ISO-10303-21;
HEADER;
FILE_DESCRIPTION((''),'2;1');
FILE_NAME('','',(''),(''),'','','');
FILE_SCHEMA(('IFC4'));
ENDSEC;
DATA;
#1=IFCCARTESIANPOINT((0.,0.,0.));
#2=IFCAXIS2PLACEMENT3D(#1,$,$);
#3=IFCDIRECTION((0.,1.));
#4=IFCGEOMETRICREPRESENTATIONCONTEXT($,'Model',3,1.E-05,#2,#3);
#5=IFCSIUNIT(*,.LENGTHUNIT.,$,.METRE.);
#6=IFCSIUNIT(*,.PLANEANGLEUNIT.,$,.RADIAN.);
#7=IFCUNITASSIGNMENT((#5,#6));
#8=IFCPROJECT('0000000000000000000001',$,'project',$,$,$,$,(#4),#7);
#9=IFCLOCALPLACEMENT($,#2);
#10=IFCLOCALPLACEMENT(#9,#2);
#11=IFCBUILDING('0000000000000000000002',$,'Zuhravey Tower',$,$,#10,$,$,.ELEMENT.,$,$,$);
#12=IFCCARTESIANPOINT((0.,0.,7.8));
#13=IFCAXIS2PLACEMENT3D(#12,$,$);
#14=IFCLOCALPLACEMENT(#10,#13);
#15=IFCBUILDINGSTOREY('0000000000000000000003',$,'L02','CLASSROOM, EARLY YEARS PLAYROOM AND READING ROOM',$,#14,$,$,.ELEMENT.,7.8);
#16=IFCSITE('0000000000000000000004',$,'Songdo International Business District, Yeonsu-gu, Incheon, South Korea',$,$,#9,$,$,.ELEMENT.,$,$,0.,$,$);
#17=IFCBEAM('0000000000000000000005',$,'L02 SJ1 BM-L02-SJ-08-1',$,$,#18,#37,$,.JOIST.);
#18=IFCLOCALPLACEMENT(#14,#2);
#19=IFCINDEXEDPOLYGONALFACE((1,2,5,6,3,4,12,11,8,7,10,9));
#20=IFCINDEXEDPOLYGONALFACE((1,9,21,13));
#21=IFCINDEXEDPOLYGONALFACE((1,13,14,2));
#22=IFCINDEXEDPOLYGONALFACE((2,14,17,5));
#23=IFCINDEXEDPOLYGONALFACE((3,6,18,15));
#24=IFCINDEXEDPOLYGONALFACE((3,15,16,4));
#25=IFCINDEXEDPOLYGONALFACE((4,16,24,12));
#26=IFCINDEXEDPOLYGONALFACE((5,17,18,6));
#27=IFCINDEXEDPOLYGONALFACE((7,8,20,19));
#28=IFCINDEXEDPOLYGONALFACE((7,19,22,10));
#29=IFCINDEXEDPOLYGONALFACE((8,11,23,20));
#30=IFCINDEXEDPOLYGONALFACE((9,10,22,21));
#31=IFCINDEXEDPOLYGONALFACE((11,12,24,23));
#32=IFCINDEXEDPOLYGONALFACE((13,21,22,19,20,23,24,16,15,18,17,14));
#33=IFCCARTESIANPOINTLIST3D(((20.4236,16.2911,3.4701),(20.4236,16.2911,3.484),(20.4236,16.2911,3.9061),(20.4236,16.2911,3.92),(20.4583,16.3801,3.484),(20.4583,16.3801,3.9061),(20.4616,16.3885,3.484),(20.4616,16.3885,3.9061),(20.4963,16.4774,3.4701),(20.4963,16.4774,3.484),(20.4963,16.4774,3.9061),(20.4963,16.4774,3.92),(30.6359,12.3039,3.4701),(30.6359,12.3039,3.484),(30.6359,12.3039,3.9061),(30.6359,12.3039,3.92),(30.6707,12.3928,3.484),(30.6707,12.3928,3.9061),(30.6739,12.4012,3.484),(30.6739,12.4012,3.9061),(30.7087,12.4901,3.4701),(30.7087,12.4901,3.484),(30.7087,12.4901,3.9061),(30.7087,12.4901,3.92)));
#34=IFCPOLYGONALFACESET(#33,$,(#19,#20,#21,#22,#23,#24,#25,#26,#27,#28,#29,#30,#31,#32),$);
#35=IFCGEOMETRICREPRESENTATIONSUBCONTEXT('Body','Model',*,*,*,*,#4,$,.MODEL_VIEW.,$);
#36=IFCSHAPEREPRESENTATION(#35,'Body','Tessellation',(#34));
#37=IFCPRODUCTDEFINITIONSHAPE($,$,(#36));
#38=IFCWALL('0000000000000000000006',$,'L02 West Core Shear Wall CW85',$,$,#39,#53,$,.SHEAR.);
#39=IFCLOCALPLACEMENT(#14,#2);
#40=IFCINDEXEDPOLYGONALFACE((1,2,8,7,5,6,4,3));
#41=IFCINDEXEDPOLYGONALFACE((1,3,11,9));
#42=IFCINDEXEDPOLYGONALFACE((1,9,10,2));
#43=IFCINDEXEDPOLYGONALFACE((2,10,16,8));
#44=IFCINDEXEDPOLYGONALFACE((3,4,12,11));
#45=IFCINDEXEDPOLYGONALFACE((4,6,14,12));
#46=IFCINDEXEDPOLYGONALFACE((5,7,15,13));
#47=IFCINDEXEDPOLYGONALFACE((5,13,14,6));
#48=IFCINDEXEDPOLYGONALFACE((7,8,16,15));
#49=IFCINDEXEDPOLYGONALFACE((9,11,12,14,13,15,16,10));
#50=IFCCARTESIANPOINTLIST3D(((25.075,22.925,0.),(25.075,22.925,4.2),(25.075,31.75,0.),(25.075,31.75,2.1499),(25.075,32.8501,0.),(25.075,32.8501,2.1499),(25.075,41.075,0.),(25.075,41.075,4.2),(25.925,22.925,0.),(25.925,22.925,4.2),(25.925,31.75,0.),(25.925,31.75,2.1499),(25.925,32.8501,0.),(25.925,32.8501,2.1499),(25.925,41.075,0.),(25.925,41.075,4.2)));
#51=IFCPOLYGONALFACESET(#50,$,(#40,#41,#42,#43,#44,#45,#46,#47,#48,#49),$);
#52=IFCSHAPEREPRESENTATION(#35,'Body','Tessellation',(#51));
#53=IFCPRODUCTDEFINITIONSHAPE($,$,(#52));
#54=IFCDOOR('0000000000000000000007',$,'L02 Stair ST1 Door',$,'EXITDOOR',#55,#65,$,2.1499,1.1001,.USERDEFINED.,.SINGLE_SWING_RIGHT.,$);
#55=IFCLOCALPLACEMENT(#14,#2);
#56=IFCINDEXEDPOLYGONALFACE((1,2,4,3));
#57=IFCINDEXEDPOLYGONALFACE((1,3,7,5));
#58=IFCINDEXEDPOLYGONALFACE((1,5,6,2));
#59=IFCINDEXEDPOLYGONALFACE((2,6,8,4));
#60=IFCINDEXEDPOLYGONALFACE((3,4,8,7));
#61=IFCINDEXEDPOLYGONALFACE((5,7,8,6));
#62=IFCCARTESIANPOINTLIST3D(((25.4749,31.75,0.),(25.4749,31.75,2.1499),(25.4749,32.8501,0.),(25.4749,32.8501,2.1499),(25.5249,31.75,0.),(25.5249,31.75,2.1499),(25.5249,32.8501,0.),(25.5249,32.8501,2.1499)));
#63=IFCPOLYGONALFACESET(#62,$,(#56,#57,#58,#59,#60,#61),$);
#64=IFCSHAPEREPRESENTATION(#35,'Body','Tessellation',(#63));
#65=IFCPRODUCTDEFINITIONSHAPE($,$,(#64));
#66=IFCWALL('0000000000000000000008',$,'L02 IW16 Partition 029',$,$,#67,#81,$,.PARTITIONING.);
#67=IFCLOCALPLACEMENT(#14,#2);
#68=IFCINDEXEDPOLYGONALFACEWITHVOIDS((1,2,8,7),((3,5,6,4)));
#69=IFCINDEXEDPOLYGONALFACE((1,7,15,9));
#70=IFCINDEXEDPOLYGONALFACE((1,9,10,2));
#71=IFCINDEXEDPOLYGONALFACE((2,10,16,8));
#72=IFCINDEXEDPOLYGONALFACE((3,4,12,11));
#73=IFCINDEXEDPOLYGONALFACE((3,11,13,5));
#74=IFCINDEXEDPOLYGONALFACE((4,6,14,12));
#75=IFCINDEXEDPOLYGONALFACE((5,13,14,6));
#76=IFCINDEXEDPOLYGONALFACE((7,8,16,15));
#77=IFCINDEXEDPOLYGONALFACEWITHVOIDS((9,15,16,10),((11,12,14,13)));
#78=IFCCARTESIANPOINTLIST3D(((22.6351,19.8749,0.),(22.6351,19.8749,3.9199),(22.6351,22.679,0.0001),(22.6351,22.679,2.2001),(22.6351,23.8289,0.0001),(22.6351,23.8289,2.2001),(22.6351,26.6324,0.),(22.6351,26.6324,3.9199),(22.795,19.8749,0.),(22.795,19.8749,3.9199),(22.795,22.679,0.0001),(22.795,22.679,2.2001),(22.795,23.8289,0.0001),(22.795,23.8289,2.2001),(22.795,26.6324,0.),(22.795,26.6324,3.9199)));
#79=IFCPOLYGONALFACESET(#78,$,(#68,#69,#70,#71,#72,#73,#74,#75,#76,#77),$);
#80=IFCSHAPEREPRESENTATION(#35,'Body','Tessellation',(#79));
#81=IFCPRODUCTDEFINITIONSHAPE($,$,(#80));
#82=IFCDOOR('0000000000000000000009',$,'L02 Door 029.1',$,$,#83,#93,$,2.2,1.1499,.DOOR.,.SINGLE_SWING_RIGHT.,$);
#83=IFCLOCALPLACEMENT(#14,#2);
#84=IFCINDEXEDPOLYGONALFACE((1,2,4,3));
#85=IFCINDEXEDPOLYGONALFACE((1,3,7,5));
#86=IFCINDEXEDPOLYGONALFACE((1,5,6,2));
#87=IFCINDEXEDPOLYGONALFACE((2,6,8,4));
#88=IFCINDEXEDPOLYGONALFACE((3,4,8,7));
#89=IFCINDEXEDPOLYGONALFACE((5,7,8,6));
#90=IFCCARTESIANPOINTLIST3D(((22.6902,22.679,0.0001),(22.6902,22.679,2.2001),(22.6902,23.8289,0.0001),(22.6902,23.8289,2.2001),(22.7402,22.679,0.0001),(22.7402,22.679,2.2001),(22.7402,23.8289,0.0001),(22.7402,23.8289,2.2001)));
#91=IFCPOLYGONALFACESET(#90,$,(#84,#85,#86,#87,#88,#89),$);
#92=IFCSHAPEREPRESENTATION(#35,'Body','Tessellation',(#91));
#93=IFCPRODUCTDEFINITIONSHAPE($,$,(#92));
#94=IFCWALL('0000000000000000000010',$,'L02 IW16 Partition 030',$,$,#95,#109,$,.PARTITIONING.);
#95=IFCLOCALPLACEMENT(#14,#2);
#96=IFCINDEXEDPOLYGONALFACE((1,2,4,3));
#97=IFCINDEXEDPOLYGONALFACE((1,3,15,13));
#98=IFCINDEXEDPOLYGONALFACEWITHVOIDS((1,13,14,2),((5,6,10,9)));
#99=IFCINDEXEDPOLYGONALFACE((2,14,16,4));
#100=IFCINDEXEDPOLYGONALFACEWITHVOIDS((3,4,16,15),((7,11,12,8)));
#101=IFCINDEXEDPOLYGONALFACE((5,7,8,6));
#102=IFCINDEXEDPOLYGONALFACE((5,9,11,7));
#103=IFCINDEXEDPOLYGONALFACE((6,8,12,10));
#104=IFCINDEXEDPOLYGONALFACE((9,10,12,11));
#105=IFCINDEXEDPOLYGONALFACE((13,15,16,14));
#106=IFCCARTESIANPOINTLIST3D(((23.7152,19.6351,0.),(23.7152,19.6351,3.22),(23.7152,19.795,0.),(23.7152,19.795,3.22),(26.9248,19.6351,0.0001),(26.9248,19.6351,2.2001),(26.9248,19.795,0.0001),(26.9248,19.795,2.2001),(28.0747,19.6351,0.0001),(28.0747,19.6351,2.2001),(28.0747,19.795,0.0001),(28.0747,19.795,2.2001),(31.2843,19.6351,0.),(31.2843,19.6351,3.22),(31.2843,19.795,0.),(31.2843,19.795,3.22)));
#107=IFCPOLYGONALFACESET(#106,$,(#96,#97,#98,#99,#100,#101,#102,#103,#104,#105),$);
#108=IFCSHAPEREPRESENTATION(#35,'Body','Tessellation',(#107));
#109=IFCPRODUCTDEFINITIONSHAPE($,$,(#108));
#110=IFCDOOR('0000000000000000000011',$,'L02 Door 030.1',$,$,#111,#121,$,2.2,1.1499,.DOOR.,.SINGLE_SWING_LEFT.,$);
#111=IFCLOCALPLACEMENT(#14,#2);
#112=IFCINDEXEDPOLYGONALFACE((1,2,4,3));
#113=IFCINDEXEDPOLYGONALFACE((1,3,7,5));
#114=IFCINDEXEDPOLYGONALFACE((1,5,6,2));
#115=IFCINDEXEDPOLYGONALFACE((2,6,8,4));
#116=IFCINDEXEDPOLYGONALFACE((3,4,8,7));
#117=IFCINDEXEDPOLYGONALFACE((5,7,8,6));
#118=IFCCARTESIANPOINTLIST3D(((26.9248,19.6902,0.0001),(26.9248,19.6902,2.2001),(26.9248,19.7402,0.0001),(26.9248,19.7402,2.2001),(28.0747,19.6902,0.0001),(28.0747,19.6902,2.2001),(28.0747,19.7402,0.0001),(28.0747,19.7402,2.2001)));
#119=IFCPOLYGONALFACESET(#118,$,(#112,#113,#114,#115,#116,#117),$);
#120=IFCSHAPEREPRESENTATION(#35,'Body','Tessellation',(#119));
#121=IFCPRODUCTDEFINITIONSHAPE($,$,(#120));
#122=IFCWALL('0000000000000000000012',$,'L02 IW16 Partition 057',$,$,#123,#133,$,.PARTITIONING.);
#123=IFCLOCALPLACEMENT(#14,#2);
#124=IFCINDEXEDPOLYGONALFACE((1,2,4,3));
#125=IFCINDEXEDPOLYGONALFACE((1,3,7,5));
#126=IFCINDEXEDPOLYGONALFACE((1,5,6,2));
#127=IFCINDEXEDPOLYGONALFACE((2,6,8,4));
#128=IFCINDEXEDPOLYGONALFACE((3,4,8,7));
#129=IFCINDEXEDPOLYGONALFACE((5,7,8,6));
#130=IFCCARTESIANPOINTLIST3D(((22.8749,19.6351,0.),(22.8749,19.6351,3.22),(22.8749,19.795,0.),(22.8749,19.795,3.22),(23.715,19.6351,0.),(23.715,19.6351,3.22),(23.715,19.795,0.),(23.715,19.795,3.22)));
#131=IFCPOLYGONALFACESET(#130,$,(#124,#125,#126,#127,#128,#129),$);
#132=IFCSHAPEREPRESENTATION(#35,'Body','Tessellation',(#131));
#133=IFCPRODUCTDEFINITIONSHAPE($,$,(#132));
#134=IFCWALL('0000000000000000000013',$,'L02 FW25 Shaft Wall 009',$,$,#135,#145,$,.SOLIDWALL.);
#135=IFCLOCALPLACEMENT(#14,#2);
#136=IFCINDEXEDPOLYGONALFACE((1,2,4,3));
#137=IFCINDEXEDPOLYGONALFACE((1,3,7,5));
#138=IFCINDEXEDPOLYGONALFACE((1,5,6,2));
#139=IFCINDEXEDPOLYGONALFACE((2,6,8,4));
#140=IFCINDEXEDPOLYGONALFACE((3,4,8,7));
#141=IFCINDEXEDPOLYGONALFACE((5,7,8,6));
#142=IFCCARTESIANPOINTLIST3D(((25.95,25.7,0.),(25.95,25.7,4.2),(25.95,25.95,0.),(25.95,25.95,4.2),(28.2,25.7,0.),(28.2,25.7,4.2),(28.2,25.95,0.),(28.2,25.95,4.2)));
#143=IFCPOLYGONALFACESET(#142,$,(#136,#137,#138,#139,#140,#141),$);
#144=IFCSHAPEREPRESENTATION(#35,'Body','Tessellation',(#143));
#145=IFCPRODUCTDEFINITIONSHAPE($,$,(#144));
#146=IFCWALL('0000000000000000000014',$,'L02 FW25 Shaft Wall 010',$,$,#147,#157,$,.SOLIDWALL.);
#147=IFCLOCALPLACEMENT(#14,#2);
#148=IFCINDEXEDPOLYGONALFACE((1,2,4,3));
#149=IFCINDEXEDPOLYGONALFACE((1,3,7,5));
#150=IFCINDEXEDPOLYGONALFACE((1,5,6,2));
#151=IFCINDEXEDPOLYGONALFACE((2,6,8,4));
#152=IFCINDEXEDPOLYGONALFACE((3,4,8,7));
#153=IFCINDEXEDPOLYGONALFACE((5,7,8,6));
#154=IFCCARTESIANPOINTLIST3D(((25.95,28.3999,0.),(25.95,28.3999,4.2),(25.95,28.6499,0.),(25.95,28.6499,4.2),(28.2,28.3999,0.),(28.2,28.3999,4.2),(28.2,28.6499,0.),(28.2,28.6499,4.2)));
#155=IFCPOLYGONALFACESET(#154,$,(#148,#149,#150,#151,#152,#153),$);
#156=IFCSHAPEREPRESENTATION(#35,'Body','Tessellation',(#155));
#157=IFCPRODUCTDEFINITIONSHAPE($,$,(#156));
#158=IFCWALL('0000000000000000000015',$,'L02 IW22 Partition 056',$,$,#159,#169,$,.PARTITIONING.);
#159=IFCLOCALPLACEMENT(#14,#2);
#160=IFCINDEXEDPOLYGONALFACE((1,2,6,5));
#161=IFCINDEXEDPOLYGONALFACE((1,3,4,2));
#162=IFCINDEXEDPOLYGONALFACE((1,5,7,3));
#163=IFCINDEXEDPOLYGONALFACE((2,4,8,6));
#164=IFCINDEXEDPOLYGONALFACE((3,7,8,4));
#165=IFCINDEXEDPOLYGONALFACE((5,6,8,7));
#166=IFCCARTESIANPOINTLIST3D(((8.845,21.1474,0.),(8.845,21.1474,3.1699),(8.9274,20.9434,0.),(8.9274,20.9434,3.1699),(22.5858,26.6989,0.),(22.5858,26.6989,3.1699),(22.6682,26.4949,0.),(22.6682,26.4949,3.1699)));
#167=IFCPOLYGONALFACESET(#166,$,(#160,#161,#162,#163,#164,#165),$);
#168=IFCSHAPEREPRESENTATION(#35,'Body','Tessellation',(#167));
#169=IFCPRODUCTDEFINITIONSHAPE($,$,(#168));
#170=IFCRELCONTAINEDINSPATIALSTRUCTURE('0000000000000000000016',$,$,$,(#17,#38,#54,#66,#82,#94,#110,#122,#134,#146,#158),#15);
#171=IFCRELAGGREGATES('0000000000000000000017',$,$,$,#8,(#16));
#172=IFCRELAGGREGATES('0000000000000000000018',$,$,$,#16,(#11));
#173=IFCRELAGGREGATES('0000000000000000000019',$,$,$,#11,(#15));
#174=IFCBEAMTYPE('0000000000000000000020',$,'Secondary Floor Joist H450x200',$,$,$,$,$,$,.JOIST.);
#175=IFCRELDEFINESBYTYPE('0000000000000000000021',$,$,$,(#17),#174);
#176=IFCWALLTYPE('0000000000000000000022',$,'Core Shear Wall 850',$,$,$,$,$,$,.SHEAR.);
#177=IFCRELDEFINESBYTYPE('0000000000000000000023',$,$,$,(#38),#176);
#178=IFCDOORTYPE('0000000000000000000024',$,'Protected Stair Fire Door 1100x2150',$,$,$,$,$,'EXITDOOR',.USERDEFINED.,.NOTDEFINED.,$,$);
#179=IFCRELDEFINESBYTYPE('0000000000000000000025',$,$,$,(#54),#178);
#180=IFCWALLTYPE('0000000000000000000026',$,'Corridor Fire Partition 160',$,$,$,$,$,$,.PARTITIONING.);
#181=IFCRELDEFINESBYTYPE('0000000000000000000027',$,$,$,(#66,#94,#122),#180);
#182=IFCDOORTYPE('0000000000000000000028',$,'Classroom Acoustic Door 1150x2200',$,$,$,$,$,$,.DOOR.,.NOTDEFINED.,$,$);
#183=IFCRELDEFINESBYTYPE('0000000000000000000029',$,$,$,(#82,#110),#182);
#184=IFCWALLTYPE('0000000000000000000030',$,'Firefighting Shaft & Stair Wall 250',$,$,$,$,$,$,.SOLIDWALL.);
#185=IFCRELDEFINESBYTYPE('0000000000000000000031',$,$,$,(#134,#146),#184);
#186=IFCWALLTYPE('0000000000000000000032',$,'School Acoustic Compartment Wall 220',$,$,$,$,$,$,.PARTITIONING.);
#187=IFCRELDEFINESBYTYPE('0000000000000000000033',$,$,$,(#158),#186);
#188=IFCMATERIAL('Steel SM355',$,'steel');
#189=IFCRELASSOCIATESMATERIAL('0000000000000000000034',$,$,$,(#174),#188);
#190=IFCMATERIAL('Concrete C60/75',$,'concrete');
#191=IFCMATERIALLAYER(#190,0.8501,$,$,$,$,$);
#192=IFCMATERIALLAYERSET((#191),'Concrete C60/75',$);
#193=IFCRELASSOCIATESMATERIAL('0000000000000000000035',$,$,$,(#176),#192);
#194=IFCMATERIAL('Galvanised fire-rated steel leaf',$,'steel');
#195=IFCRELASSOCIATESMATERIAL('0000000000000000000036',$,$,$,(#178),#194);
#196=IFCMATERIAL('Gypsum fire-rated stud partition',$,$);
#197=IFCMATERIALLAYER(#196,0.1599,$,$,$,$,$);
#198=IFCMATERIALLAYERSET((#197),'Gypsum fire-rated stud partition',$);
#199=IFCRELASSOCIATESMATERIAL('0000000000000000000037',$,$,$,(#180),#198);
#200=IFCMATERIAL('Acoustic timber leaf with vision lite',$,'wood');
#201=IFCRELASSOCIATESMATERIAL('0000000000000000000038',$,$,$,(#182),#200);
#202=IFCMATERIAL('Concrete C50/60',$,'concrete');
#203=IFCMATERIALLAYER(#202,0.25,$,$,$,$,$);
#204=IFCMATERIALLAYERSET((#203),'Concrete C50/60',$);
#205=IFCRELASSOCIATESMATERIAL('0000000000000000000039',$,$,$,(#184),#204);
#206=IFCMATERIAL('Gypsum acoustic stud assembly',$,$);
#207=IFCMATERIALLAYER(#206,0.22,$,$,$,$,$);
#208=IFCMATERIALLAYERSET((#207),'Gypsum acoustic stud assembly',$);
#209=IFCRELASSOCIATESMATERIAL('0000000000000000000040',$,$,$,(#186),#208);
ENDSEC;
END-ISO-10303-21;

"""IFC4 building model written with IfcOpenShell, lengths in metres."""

from ifc_helpers import new_model, si_unit, direction, frame, frame_2d, origin, origin_2d, place, context, subcontext, project, spatial, rectangle, i_section, extrude, material, layer, layer_set, material_profile, profile_set, type_object, element, fill, save


model = new_model("IFC4")

# Units and contexts
model_context = context("Model", 3, precision=1e-05, world=origin(), true_north=direction((0.0, 1.0)))
body_context = subcontext(model_context, "Body", "Model", "MODEL_VIEW")
ifc_project = project(units=[si_unit("LENGTHUNIT", "METRE"), si_unit("PLANEANGLEUNIT", "RADIAN")], contexts=[model_context])

# Site, building, storey
site_placement = place(None, origin())
site = spatial("IfcSite", under=ifc_project, at=site_placement, Name="Songdo International Business District, Yeonsu-gu, Incheon, South Korea", CompositionType="ELEMENT", RefElevation=0.0)
building_placement = place(site_placement, origin())
building = spatial("IfcBuilding", under=site, at=building_placement, Name="Zuhravey Tower", CompositionType="ELEMENT")
storey_placement = place(building_placement, frame((0.0, 0.0, 7.8)))
storey = spatial("IfcBuildingStorey", under=building, at=storey_placement, Name="L02", Description="CLASSROOM, EARLY YEARS PLAYROOM AND READING ROOM", CompositionType="ELEMENT", Elevation=7.8)

# Beam
ifc_material_1 = material(Name="Steel SM355", Category="steel")
ifc_material_profile = material_profile(ifc_material_1, i_section(OverallWidth=0.2, OverallDepth=0.45, WebThickness=0.009, FlangeThickness=0.0139, at=origin_2d()), Name="H-450x200x9x14")
ifc_profile_set = profile_set([ifc_material_profile], Name="Steel SM355")
beam_type = type_object("IfcBeamType", Name="Secondary Floor Joist H450x200", PredefinedType="JOIST", material=ifc_profile_set)
beam_placement = place(storey_placement, frame((20.46, 16.3843, 3.6951), z_axis=(0.931517, -0.363699, 0.0), x_axis=(0.363699, 0.931517, 0.0)))
element("IfcBeam", 1, at=beam_placement, inside=storey, type_object=beam_type, Name="L02 SJ1 BM-L02-SJ-08-1", PredefinedType="JOIST", context=body_context, shape_type="SweptSolid", body=[
    extrude(i_section(OverallWidth=0.2, OverallDepth=0.45, WebThickness=0.009, FlangeThickness=0.0139, at=origin_2d()), origin(), (0.0, 0.0, 1.0), 10.9631),
])

# Walls, openings, doors
ifc_material_2 = material(Name="Concrete C60/75", Category="concrete")
ifc_layer_1 = layer(ifc_material_2, 0.8501)
ifc_layer_set_1 = layer_set([ifc_layer_1], Name="Concrete C60/75")
wall_type_1 = type_object("IfcWallType", Name="Core Shear Wall 850", PredefinedType="SHEAR", material=ifc_layer_set_1)
ifc_material_3 = material(Name="Galvanised fire-rated steel leaf", Category="steel")
wall_1_placement = place(storey_placement, frame((25.5, 22.925, 0.0), z_axis=(0.0, 0.0, 1.0), x_axis=(0.0, 1.0, 0.0)))
wall_1 = element("IfcWall", 2, at=wall_1_placement, inside=storey, type_object=wall_type_1, Name="L02 West Core Shear Wall CW85", PredefinedType="SHEAR", context=body_context, shape_type="SweptSolid", body=[
    extrude(rectangle(XDim=18.1499, YDim=0.8501, at=frame_2d((9.075, 0.0))), origin(), (0.0, 0.0, 1.0), 4.2),
])
opening_1_placement = place(wall_1_placement, frame((8.825, 0.0, 0.0)))
opening_1 = element("IfcOpeningElement", 3, at=opening_1_placement, cuts=wall_1, PredefinedType="OPENING", context=body_context, shape_type="SweptSolid", body=[
    extrude(rectangle(XDim=1.1001, YDim=2.1499, at=frame_2d((0.55, 1.075))), frame((0.0, 0.437, 0.0), z_axis=(0.0, -1.0, 0.0), x_axis=(1.0, 0.0, 0.0)), (0.0, 0.0, 1.0), 0.874),
])
door_type_1 = type_object("IfcDoorType", Name="Protected Stair Fire Door 1100x2150", ElementType="EXITDOOR", OperationType="NOTDEFINED", PredefinedType="USERDEFINED", material=ifc_material_3)
door_1_placement = place(opening_1_placement, frame((1.1001, 0.0, 0.0), z_axis=(0.0, 0.0, 1.0), x_axis=(-1.0, 0.0, 0.0)))
door_1 = element("IfcDoor", 4, at=door_1_placement, inside=storey, type_object=door_type_1, Name="L02 Stair ST1 Door", ObjectType="EXITDOOR", OperationType="SINGLE_SWING_RIGHT", OverallHeight=2.1499, OverallWidth=1.1001, PredefinedType="USERDEFINED", context=body_context, shape_type="SweptSolid", body=[
    extrude(rectangle(XDim=1.1001, YDim=2.1499, at=frame_2d((0.55, 1.075))), frame((0.0, 0.0249, 0.0), z_axis=(0.0, -1.0, 0.0), x_axis=(1.0, 0.0, 0.0)), (0.0, 0.0, 1.0), 0.05),
])
fill(opening_1, door_1)
ifc_material_4 = material(Name="Gypsum fire-rated stud partition")
ifc_layer_2 = layer(ifc_material_4, 0.1599)
ifc_layer_set_2 = layer_set([ifc_layer_2], Name="Gypsum fire-rated stud partition")
wall_type_2 = type_object("IfcWallType", Name="Corridor Fire Partition 160", PredefinedType="PARTITIONING", material=ifc_layer_set_2)
wall_2_placement = place(storey_placement, frame((22.7151, 26.6326, 0.0), z_axis=(0.0, 0.0, 1.0), x_axis=(0.0, -1.0, 0.0)))
wall_2 = element("IfcWall", 5, at=wall_2_placement, inside=storey, type_object=wall_type_2, Name="L02 IW16 Partition 029", PredefinedType="PARTITIONING", context=body_context, shape_type="SweptSolid", body=[
    extrude(rectangle(XDim=6.7576, YDim=0.1599, at=frame_2d((3.3789, 0.0))), origin(), (0.0, 0.0, 1.0), 3.9199),
])
opening_2_placement = place(wall_2_placement, frame((2.8037, 0.0, 0.0)))
opening_2 = element("IfcOpeningElement", 6, at=opening_2_placement, cuts=wall_2, PredefinedType="OPENING", context=body_context, shape_type="SweptSolid", body=[
    extrude(rectangle(XDim=1.1499, YDim=2.2, at=frame_2d((0.575, 1.1001))), frame((0.0, 0.092, 0.0), z_axis=(0.0, -1.0, 0.0), x_axis=(1.0, 0.0, 0.0)), (0.0, 0.0, 1.0), 0.1838),
])
ifc_material_5 = material(Name="Acoustic timber leaf with vision lite", Category="wood")
door_type_2 = type_object("IfcDoorType", Name="Classroom Acoustic Door 1150x2200", OperationType="NOTDEFINED", PredefinedType="DOOR", material=ifc_material_5)
door_2_placement = place(opening_2_placement, frame((1.1499, 0.0, 0.0), z_axis=(0.0, 0.0, 1.0), x_axis=(-1.0, 0.0, 0.0)))
door_2 = element("IfcDoor", 7, at=door_2_placement, inside=storey, type_object=door_type_2, Name="L02 Door 029.1", OperationType="SINGLE_SWING_RIGHT", OverallHeight=2.2, OverallWidth=1.1499, PredefinedType="DOOR", context=body_context, shape_type="SweptSolid", body=[
    extrude(rectangle(XDim=1.1499, YDim=2.2, at=frame_2d((0.575, 1.1001))), frame((0.0, 0.0249, 0.0), z_axis=(0.0, -1.0, 0.0), x_axis=(1.0, 0.0, 0.0)), (0.0, 0.0, 1.0), 0.05),
])
fill(opening_2, door_2)
wall_3_placement = place(storey_placement, frame((23.7151, 19.7151, 0.0), z_axis=(0.0, 0.0, 1.0), x_axis=(1.0, 0.0, 0.0)))
wall_3 = element("IfcWall", 8, at=wall_3_placement, inside=storey, type_object=wall_type_2, Name="L02 IW16 Partition 030", PredefinedType="PARTITIONING", context=body_context, shape_type="SweptSolid", body=[
    extrude(rectangle(XDim=7.5691, YDim=0.1599, at=frame_2d((3.7847, 0.0))), origin(), (0.0, 0.0, 1.0), 3.22),
])
opening_3_placement = place(wall_3_placement, frame((3.2097, 0.0, 0.0)))
opening_3 = element("IfcOpeningElement", 9, at=opening_3_placement, cuts=wall_3, PredefinedType="OPENING", context=body_context, shape_type="SweptSolid", body=[
    extrude(rectangle(XDim=1.1499, YDim=2.2, at=frame_2d((0.575, 1.1001))), frame((0.0, 0.092, 0.0), z_axis=(0.0, -1.0, 0.0), x_axis=(1.0, 0.0, 0.0)), (0.0, 0.0, 1.0), 0.1838),
])
door_3_placement = place(opening_3_placement, frame((1.1499, 0.0, 0.0), z_axis=(0.0, 0.0, 1.0), x_axis=(-1.0, 0.0, 0.0)))
door_3 = element("IfcDoor", 10, at=door_3_placement, inside=storey, type_object=door_type_2, Name="L02 Door 030.1", OperationType="SINGLE_SWING_LEFT", OverallHeight=2.2, OverallWidth=1.1499, PredefinedType="DOOR", context=body_context, shape_type="SweptSolid", body=[
    extrude(rectangle(XDim=1.1499, YDim=2.2, at=frame_2d((0.575, 1.1001))), frame((0.0, 0.0249, 0.0), z_axis=(0.0, -1.0, 0.0), x_axis=(1.0, 0.0, 0.0)), (0.0, 0.0, 1.0), 0.05),
])
fill(opening_3, door_3)

# Walls
wall_4_placement = place(storey_placement, frame((22.875, 19.7151, 0.0), z_axis=(0.0, 0.0, 1.0), x_axis=(1.0, 0.0, 0.0)))
element("IfcWall", 11, at=wall_4_placement, inside=storey, type_object=wall_type_2, Name="L02 IW16 Partition 057", PredefinedType="PARTITIONING", context=body_context, shape_type="SweptSolid", body=[
    extrude(rectangle(XDim=0.8401, YDim=0.1599, at=frame_2d((0.4199, 0.0))), origin(), (0.0, 0.0, 1.0), 3.22),
])
ifc_material_6 = material(Name="Concrete C50/60", Category="concrete")
ifc_layer_3 = layer(ifc_material_6, 0.25)
ifc_layer_set_3 = layer_set([ifc_layer_3], Name="Concrete C50/60")
wall_type_3 = type_object("IfcWallType", Name="Firefighting Shaft & Stair Wall 250", PredefinedType="SOLIDWALL", material=ifc_layer_set_3)
for number, where, z_axis, x_axis, name in (
    (12, (25.95, 25.825, 0.0), (0.0, 0.0, 1.0), (1.0, 0.0, 0.0), "L02 FW25 Shaft Wall 009"),
    (13, (25.95, 28.5249, 0.0), (0.0, 0.0, 1.0), (1.0, 0.0, 0.0), "L02 FW25 Shaft Wall 010"),
):
    element("IfcWall", number, at=place(storey_placement, frame(where, z_axis=z_axis, x_axis=x_axis)), inside=storey, type_object=wall_type_3, Name=name, PredefinedType="SOLIDWALL", context=body_context, shape_type="SweptSolid", body=[
        extrude(rectangle(XDim=2.25, YDim=0.25, at=frame_2d((1.125, 0.0))), origin(), (0.0, 0.0, 1.0), 4.2),
    ])
ifc_material_7 = material(Name="Gypsum acoustic stud assembly")
ifc_layer_4 = layer(ifc_material_7, 0.22)
ifc_layer_set_4 = layer_set([ifc_layer_4], Name="Gypsum acoustic stud assembly")
wall_type_4 = type_object("IfcWallType", Name="School Acoustic Compartment Wall 220", PredefinedType="PARTITIONING", material=ifc_layer_set_4)
wall_5_placement = place(storey_placement, frame((22.627, 26.5969, 0.0), z_axis=(0.0, 0.0, 1.0), x_axis=(-0.927186, -0.374601, 0.0)))
element("IfcWall", 14, at=wall_5_placement, inside=storey, type_object=wall_type_4, Name="L02 IW22 Partition 056", PredefinedType="PARTITIONING", context=body_context, shape_type="SweptSolid", body=[
    extrude(rectangle(XDim=14.8198, YDim=0.22, at=frame_2d((7.4099, 0.0))), origin(), (0.0, 0.0, 1.0), 3.1699),
])

save(model, "model.ifc")
